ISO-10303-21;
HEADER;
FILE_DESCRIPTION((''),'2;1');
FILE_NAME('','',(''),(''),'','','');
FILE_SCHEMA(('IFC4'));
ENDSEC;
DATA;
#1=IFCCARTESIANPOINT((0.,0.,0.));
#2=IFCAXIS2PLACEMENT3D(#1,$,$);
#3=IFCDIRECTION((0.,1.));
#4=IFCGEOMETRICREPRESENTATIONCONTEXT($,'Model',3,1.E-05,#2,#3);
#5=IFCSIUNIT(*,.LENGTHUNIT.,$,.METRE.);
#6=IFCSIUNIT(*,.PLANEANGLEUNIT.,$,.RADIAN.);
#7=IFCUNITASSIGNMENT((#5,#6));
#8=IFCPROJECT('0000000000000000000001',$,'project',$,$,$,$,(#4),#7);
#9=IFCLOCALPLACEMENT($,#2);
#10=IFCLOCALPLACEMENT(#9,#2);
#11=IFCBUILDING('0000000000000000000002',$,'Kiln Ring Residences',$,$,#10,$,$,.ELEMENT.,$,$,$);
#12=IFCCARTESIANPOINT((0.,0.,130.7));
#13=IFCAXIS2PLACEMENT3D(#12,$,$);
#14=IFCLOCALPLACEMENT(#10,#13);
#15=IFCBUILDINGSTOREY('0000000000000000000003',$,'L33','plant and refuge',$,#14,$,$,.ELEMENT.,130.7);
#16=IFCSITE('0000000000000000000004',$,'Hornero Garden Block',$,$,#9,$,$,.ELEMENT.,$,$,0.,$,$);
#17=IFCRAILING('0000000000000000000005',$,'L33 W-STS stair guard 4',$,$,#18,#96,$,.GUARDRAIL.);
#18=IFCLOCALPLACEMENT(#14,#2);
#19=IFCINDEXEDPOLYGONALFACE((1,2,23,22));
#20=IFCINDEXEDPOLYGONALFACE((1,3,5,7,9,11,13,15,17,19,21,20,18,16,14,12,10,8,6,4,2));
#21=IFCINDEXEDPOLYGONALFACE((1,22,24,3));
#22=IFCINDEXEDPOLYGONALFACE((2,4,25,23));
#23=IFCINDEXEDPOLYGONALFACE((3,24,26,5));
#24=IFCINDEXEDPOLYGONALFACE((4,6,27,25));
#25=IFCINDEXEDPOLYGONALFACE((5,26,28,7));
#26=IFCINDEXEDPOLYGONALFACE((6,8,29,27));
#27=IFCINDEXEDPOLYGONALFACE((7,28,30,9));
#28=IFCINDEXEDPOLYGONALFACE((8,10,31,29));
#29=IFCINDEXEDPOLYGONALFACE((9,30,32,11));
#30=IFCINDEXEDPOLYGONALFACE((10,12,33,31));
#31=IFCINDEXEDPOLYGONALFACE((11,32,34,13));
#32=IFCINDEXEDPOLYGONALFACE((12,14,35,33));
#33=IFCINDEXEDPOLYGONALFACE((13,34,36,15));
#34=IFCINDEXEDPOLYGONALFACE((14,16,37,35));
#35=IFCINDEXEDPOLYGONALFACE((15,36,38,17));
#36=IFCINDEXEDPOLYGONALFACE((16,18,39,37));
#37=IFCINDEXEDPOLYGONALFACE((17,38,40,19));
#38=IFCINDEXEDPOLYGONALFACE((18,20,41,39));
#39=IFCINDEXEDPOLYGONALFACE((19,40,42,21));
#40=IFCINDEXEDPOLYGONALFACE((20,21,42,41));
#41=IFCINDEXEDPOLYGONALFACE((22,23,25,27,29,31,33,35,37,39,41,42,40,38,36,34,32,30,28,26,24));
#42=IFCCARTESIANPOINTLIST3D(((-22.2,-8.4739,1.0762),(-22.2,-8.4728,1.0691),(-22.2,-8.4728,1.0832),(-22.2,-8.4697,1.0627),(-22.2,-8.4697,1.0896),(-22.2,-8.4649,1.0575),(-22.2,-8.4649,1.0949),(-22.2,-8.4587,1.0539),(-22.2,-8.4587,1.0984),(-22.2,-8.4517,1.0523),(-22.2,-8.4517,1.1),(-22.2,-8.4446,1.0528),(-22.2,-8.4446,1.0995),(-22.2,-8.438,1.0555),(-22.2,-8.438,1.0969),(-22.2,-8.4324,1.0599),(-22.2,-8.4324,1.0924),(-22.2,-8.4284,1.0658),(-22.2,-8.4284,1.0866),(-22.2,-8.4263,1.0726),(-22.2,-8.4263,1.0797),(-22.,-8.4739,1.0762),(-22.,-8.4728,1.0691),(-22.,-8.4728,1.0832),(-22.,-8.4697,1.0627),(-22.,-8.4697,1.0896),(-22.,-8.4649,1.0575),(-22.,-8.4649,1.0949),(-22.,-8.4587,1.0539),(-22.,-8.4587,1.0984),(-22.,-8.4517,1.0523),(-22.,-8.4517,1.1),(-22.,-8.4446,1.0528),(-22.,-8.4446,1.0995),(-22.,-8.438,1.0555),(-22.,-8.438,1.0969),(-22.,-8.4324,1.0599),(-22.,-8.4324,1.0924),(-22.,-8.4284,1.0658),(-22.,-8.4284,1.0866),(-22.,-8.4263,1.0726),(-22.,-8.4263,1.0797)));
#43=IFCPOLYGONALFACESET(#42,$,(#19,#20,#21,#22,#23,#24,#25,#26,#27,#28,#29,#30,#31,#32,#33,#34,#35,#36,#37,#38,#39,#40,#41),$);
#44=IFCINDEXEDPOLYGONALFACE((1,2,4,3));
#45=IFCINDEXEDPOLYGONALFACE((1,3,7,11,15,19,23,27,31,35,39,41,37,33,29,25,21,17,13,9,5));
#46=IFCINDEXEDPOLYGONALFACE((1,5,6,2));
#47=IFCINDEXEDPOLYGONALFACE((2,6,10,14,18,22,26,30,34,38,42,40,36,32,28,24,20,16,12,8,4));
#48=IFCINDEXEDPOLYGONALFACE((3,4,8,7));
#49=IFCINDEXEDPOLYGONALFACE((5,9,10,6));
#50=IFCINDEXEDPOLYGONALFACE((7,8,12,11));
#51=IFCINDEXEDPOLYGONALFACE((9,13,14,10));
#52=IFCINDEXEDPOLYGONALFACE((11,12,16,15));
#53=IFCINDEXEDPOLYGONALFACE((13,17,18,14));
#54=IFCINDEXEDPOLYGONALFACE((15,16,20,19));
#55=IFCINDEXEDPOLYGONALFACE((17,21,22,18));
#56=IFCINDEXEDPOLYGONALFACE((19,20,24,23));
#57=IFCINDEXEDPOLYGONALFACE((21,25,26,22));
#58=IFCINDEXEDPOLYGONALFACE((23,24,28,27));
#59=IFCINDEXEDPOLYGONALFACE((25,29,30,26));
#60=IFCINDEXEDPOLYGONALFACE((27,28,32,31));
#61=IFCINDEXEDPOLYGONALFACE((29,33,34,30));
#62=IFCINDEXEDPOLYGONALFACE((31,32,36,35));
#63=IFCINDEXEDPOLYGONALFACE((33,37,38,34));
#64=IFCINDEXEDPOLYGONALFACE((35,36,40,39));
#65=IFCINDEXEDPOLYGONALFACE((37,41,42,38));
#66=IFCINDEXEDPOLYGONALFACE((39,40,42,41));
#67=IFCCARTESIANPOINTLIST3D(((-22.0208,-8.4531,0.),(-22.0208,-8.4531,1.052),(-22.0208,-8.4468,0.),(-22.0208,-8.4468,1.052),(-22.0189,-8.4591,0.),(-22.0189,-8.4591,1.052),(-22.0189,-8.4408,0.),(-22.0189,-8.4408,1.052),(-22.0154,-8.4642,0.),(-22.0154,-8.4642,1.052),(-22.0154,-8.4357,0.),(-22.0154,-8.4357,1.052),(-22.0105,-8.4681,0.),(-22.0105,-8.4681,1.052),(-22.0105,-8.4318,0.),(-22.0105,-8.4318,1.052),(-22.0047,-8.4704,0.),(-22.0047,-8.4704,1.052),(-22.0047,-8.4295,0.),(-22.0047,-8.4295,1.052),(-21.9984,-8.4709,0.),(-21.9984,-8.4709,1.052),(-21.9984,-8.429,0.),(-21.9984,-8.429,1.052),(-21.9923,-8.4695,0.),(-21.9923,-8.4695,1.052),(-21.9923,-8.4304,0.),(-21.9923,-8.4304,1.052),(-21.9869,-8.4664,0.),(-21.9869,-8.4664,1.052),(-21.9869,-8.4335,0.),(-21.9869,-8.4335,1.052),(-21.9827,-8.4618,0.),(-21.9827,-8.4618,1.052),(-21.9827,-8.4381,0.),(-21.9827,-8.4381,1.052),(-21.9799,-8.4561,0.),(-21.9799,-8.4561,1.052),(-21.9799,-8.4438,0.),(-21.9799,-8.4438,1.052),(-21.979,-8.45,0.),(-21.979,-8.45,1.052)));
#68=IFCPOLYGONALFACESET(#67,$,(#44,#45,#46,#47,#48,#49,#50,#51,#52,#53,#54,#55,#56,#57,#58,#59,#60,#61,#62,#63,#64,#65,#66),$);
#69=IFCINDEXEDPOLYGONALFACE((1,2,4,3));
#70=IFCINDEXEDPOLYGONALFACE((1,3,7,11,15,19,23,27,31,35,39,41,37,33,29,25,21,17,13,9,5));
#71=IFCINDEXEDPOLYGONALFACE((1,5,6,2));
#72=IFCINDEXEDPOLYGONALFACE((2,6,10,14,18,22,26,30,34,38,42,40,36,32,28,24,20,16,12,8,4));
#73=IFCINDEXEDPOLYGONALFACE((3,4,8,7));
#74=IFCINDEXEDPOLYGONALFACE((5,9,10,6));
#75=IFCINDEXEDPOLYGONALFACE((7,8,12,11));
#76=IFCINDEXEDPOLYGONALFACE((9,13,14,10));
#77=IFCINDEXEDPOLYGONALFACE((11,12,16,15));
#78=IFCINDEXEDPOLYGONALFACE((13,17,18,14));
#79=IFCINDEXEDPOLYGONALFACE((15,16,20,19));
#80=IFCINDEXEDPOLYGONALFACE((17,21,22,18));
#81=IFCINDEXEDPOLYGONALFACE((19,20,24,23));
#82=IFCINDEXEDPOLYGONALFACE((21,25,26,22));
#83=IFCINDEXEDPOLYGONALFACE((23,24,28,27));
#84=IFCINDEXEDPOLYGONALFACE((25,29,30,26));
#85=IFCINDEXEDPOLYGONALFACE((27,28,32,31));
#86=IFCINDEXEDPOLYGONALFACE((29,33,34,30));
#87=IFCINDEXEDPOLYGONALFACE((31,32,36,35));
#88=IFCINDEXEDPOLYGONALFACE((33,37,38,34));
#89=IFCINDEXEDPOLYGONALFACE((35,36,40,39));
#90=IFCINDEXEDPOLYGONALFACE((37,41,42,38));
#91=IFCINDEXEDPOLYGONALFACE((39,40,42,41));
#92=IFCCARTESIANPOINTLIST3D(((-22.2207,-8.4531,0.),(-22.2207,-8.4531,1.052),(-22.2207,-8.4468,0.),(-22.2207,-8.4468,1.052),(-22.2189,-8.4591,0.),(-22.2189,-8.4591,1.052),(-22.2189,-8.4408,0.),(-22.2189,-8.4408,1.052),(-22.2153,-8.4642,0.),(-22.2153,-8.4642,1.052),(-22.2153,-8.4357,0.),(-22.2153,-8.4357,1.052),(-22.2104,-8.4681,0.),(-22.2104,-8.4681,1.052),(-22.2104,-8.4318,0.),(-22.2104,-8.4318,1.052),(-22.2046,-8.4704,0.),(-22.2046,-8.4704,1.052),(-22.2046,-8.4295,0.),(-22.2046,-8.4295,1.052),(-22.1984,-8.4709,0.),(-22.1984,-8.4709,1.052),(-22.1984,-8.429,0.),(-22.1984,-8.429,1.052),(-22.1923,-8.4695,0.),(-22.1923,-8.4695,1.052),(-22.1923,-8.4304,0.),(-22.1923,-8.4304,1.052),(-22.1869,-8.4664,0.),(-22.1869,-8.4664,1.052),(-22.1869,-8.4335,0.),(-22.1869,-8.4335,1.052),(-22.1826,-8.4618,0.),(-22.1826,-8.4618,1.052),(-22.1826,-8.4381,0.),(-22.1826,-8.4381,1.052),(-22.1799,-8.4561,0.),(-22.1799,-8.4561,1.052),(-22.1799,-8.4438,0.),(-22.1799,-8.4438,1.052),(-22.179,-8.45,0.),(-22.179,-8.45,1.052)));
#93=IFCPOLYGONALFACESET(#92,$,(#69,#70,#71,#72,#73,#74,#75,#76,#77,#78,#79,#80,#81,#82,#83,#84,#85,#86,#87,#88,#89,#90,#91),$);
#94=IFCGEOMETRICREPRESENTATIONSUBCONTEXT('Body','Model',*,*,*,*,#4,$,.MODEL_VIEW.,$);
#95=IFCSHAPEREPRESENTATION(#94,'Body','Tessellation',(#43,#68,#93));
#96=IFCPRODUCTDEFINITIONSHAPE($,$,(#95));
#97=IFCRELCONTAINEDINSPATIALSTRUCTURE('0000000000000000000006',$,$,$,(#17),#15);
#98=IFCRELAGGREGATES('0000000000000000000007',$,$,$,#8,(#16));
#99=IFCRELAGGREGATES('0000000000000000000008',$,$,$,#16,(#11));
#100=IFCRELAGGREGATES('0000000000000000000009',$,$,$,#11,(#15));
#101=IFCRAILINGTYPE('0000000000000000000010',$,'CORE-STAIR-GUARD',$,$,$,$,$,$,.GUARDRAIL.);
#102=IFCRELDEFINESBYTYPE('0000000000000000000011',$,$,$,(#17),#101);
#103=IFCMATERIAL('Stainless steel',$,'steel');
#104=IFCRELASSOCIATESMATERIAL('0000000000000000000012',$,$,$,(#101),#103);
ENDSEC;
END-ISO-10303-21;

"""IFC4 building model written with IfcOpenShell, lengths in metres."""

from ifc_helpers import new_model, si_unit, direction, frame, origin, origin_2d, place, context, subcontext, project, spatial, circle, extrude, material, type_object, element, save


model = new_model("IFC4")

# Units and contexts
model_context = context("Model", 3, precision=1e-05, world=origin(), true_north=direction((0.0, 1.0)))
body_context = subcontext(model_context, "Body", "Model", "MODEL_VIEW")
ifc_project = project(units=[si_unit("LENGTHUNIT", "METRE"), si_unit("PLANEANGLEUNIT", "RADIAN")], contexts=[model_context])

# Site, building, storey
site_placement = place(None, origin())
site = spatial("IfcSite", under=ifc_project, at=site_placement, Name="Hornero Garden Block", CompositionType="ELEMENT", RefElevation=0.0)
building_placement = place(site_placement, origin())
building = spatial("IfcBuilding", under=site, at=building_placement, Name="Kiln Ring Residences", CompositionType="ELEMENT")
storey_placement = place(building_placement, frame((0.0, 0.0, 130.7)))
storey = spatial("IfcBuildingStorey", under=building, at=storey_placement, Name="L33", Description="plant and refuge", CompositionType="ELEMENT", Elevation=130.7)

# Railing
ifc_material_1 = material(Name="Stainless steel", Category="steel")
railing_type_1 = type_object("IfcRailingType", Name="CORE-STAIR-GUARD", PredefinedType="GUARDRAIL", material=ifc_material_1)
railing_1_placement = place(storey_placement, frame((-22.0, -8.45, 0.0)))
element("IfcRailing", 1, at=railing_1_placement, inside=storey, type_object=railing_type_1, Name="L33 W-STS stair guard 4", PredefinedType="GUARDRAIL", context=body_context, shape_type="SweptSolid", body=[
    extrude(circle(Radius=0.0239, at=origin_2d()), frame((0.0, 0.0, 1.0762), z_axis=(-1.0, 0.0, 0.0), x_axis=(0.0, -1.0, 0.0)), (0.0, 0.0, 1.0), 0.2),
    extrude(circle(Radius=0.021, at=origin_2d()), origin(), (0.0, 0.0, 1.0), 1.052),
    extrude(circle(Radius=0.021, at=origin_2d()), frame((-0.2, 0.0, 0.0)), (0.0, 0.0, 1.0), 1.052),
])

save(model, "model.ifc")
